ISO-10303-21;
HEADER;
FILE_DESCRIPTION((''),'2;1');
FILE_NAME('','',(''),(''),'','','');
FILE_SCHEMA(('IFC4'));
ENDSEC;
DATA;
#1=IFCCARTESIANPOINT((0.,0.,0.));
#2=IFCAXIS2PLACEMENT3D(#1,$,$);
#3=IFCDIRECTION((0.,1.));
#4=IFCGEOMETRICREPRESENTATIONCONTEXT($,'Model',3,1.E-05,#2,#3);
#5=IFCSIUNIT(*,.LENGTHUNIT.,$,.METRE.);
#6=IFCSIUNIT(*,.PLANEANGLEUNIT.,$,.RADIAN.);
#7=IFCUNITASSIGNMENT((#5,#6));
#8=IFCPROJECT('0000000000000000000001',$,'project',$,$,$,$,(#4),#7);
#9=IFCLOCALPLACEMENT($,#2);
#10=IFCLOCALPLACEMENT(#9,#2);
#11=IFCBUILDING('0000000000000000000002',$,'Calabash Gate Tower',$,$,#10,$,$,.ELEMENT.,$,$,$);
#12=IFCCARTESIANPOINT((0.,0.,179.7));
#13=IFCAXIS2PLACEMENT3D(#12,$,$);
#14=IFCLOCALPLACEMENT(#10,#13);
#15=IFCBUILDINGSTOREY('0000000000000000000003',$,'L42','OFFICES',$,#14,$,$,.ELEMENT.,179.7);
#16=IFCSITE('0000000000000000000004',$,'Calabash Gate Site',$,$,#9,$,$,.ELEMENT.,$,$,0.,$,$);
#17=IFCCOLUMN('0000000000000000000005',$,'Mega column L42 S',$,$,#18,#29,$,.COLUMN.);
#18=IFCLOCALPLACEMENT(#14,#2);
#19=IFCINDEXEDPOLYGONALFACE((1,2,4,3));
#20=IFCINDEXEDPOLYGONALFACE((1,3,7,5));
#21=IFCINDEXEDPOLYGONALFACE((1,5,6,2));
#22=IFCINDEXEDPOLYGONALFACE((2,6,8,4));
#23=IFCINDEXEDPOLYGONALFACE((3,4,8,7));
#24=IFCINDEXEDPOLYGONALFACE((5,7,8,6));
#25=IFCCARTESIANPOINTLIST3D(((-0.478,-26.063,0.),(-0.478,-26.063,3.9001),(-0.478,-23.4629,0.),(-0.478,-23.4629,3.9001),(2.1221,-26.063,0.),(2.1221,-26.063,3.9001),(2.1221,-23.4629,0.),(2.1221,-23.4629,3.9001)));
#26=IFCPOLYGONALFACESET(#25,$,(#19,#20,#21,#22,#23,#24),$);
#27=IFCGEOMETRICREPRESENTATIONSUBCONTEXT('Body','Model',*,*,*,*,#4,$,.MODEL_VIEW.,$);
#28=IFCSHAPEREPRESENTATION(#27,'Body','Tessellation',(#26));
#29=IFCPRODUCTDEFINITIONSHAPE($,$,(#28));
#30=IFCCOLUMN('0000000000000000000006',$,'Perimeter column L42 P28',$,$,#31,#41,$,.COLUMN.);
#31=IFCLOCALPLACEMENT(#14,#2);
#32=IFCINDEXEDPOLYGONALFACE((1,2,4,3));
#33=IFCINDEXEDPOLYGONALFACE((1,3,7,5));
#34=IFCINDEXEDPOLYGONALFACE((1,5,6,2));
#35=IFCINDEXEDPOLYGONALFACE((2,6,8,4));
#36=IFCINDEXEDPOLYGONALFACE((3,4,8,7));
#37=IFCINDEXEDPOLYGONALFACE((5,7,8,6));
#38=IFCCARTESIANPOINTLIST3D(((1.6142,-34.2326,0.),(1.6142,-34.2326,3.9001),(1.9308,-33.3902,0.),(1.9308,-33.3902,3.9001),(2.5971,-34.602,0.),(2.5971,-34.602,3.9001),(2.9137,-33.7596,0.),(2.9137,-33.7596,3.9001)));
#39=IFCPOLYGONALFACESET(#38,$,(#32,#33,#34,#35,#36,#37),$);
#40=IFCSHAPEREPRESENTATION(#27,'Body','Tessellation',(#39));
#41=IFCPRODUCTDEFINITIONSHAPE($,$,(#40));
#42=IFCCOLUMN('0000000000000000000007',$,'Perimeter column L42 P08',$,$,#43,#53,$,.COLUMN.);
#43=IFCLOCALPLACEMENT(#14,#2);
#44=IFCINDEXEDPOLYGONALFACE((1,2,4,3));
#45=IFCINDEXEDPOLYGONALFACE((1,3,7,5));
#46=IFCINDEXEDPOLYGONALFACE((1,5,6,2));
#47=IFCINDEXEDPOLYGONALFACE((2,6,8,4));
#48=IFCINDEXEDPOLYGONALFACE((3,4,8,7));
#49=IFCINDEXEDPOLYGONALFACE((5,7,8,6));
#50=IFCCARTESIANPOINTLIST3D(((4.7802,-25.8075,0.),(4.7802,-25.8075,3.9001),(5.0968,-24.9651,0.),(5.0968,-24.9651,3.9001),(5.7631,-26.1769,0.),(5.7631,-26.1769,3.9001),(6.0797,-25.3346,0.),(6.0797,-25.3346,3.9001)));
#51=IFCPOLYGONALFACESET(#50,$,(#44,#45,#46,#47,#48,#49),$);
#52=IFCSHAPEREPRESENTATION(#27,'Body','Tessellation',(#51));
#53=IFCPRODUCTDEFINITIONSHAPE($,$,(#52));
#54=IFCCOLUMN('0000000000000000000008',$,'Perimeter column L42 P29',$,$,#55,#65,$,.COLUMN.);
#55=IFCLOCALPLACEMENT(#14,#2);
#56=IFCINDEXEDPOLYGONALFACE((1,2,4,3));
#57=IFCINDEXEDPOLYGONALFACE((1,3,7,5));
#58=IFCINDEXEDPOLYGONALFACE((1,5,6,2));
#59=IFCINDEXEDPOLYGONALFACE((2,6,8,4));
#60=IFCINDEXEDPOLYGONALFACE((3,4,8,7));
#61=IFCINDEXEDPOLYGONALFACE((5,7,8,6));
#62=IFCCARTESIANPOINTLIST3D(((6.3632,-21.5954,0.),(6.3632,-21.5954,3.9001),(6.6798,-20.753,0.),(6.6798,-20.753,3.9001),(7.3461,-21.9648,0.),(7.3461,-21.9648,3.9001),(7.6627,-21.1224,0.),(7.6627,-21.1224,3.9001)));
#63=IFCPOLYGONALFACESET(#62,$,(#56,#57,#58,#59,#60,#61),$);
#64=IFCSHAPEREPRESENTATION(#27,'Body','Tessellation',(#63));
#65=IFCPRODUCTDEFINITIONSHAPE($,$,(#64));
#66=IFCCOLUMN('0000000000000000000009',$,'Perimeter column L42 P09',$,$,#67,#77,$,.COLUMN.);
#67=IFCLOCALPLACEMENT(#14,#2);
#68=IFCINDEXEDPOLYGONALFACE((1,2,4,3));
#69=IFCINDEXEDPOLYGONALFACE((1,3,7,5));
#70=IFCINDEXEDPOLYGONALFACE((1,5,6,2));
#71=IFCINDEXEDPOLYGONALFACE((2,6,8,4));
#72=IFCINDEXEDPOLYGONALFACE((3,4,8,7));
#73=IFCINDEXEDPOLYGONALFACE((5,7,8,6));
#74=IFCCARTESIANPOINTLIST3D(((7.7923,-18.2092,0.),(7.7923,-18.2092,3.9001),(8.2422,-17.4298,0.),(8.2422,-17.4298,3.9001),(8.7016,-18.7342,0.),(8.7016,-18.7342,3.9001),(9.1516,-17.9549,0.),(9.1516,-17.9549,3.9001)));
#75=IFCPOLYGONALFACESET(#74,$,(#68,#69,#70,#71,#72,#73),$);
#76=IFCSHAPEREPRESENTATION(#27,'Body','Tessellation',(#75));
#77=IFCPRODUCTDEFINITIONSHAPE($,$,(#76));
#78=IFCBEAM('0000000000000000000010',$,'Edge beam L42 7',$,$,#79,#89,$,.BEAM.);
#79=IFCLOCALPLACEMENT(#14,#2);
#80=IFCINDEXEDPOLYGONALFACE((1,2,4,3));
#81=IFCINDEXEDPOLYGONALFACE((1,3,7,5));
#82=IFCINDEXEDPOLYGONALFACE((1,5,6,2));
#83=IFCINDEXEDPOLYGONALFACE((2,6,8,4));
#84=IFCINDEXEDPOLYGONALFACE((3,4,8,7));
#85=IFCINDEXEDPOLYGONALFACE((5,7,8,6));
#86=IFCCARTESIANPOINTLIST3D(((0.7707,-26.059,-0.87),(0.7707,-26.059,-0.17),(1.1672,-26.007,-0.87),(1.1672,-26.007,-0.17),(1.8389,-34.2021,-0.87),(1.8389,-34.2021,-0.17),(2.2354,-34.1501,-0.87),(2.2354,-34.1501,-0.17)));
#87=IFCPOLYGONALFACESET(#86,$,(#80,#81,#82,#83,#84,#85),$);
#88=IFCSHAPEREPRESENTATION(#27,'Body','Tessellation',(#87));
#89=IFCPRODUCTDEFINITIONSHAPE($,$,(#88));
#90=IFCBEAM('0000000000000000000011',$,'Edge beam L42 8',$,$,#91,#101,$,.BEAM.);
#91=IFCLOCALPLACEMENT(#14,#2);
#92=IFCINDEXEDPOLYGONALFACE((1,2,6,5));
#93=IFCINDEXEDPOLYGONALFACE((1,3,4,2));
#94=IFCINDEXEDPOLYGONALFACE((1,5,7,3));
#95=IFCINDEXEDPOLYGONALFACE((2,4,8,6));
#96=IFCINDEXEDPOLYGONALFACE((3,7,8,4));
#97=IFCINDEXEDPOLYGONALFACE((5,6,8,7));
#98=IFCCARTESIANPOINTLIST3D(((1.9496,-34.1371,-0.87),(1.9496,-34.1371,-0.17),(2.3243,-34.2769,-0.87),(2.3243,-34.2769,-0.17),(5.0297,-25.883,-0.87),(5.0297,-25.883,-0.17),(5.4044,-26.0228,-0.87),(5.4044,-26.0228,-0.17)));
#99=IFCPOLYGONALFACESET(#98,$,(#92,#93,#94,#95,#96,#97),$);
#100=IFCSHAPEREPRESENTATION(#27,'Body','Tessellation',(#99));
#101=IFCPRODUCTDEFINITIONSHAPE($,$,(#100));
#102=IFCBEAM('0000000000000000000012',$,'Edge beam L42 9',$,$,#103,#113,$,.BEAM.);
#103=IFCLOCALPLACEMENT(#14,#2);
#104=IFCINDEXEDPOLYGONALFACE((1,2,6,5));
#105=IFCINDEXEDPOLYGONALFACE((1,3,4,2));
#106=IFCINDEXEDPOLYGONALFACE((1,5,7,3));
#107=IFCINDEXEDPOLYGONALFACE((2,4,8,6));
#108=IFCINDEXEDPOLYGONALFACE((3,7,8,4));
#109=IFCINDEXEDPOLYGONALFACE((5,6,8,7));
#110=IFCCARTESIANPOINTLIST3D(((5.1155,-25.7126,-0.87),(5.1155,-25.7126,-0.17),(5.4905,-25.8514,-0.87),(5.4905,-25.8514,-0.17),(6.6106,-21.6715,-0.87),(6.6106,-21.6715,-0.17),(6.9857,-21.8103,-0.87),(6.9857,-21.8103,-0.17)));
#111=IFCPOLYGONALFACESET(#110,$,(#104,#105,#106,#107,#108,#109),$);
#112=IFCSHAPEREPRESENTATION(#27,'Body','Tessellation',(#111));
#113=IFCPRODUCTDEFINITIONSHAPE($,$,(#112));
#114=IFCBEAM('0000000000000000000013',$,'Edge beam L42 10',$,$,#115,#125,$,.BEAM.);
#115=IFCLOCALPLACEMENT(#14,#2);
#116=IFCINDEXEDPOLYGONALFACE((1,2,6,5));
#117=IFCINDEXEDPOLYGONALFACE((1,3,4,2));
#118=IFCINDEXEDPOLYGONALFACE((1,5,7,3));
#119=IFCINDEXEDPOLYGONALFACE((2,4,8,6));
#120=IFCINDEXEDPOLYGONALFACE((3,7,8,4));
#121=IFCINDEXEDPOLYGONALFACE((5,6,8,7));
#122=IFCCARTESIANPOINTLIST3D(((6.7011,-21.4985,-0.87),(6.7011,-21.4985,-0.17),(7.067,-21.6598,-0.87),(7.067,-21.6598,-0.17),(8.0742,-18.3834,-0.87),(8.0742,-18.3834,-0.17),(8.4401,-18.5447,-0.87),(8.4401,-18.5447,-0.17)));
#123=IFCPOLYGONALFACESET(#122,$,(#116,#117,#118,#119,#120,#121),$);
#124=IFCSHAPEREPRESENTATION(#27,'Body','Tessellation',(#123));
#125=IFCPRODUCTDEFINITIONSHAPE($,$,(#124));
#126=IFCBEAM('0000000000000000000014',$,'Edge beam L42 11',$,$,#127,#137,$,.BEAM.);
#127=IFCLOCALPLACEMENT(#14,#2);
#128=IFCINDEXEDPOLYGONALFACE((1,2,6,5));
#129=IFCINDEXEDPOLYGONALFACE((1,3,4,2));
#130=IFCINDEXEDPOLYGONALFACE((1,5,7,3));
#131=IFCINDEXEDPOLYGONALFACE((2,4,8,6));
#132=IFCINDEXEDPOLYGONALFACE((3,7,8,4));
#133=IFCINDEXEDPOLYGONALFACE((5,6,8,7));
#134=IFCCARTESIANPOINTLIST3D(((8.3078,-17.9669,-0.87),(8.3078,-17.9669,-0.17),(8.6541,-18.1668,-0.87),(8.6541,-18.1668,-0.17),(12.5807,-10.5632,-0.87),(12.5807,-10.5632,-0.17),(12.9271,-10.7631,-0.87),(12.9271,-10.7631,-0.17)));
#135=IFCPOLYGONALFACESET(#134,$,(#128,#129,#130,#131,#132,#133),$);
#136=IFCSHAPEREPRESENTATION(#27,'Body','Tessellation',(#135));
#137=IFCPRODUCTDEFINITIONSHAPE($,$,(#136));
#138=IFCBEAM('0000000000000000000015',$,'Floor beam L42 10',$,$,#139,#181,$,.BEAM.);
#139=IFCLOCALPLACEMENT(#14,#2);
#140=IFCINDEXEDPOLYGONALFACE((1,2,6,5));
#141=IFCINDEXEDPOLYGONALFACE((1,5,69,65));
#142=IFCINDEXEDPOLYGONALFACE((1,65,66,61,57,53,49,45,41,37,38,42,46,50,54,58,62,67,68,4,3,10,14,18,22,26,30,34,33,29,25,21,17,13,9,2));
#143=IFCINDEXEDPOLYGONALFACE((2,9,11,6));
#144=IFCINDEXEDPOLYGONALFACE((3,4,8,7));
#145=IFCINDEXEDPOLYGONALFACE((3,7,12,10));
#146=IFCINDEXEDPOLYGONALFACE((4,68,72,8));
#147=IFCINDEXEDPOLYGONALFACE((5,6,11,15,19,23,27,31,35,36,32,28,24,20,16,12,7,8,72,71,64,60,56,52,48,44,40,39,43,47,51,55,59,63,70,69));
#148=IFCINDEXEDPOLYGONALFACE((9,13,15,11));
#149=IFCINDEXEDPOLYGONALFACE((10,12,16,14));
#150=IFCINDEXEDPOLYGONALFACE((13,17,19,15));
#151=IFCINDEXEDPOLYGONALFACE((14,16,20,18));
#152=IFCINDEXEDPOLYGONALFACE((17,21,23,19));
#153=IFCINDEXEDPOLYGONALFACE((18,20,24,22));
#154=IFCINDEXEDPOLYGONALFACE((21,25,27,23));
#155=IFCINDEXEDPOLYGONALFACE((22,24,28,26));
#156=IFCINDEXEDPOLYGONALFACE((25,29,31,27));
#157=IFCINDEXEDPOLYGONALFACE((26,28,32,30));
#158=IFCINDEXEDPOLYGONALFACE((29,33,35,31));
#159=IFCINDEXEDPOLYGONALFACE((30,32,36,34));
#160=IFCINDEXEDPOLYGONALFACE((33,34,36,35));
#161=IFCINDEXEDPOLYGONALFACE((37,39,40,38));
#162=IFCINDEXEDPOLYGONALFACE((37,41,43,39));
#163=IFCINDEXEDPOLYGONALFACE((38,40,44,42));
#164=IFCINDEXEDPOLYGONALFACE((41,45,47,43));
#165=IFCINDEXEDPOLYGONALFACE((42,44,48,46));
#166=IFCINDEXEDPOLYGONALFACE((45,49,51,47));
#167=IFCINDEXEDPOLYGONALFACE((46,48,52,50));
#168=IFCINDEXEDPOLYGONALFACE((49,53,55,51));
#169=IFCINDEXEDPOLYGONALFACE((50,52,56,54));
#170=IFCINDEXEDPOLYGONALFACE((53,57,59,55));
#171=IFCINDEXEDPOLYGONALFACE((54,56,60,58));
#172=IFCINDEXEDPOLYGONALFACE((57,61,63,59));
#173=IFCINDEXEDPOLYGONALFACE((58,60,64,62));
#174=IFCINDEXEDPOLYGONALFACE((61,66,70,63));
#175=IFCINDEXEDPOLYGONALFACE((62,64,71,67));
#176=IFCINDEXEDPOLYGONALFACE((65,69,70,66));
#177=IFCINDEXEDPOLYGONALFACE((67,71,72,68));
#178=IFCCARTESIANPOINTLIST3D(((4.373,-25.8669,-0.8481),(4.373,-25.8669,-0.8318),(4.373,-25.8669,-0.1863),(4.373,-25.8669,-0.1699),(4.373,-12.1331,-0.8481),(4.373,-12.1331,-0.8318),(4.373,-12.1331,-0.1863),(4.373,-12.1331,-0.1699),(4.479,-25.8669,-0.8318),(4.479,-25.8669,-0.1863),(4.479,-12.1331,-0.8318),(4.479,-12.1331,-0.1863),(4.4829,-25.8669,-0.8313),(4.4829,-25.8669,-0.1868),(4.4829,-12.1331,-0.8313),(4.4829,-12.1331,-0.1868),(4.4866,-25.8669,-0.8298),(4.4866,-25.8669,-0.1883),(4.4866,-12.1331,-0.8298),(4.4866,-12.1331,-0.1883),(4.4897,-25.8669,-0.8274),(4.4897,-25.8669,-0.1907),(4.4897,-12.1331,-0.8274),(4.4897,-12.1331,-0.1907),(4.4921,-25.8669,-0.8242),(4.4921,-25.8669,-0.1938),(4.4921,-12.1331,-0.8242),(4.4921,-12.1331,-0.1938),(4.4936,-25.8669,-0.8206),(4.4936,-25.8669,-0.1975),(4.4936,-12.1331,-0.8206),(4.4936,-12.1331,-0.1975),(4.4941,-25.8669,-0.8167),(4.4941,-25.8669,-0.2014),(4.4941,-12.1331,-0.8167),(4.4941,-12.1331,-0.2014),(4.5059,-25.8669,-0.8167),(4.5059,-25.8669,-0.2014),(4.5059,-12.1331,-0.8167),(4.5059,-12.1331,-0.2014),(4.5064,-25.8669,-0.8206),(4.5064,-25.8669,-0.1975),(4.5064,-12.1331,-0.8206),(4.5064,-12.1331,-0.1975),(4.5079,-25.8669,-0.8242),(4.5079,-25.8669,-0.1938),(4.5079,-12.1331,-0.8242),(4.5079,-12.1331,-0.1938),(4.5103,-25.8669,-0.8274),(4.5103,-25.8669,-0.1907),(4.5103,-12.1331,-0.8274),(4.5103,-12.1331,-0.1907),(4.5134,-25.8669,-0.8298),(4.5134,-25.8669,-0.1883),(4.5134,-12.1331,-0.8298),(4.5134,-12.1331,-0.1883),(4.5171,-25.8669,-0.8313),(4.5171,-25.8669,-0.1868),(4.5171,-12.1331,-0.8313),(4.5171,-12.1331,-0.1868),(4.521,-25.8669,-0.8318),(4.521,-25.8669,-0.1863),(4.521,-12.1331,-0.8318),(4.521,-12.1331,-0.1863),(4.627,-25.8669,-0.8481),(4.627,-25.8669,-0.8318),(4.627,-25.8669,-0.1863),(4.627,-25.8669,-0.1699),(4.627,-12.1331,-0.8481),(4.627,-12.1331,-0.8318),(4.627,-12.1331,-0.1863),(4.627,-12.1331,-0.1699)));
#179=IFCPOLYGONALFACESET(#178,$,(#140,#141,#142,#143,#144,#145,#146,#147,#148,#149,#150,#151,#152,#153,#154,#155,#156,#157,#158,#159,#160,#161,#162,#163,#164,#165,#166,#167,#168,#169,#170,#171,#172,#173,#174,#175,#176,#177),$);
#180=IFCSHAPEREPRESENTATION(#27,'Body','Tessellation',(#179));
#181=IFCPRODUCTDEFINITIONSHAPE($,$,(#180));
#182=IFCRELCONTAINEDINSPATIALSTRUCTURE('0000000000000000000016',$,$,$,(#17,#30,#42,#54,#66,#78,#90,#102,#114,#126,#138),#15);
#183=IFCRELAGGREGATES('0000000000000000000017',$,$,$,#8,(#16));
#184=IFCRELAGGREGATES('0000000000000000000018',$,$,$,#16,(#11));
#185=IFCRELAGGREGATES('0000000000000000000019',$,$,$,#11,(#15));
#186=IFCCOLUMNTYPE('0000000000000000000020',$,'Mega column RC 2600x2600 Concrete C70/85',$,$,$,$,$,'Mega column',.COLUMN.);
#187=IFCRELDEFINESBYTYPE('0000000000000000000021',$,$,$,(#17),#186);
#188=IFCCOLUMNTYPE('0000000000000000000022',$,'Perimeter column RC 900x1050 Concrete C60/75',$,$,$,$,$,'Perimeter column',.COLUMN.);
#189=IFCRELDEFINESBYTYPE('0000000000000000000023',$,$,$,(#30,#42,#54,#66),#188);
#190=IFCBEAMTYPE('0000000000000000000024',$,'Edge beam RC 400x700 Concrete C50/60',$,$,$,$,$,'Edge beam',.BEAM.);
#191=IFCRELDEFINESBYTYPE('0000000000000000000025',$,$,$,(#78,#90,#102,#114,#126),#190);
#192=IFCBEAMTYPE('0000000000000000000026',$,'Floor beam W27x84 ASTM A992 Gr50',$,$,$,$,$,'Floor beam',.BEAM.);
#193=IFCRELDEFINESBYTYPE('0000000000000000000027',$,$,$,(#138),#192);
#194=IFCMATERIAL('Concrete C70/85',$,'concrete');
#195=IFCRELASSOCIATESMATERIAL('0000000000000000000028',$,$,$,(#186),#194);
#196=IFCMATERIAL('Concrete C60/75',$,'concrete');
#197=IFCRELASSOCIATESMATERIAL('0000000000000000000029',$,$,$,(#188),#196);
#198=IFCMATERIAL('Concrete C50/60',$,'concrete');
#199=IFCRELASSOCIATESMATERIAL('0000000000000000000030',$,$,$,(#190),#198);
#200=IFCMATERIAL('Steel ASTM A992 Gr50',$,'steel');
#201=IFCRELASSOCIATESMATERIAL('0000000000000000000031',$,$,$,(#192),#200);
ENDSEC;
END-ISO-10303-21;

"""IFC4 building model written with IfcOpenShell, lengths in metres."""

from ifc_helpers import new_model, si_unit, direction, frame, origin, origin_2d, place, context, subcontext, project, spatial, rectangle, i_section, extrude, material, material_profile, profile_set, type_object, element, save


model = new_model("IFC4")

# Units and contexts
model_context = context("Model", 3, precision=1e-05, world=origin(), true_north=direction((0.0, 1.0)))
body_context = subcontext(model_context, "Body", "Model", "MODEL_VIEW")
ifc_project = project(units=[si_unit("LENGTHUNIT", "METRE"), si_unit("PLANEANGLEUNIT", "RADIAN")], contexts=[model_context])

# Site, building, storey
site_placement = place(None, origin())
site = spatial("IfcSite", under=ifc_project, at=site_placement, Name="Calabash Gate Site", CompositionType="ELEMENT", RefElevation=0.0)
building_placement = place(site_placement, origin())
building = spatial("IfcBuilding", under=site, at=building_placement, Name="Calabash Gate Tower", CompositionType="ELEMENT")
storey_placement = place(building_placement, frame((0.0, 0.0, 179.7)))
storey = spatial("IfcBuildingStorey", under=building, at=storey_placement, Name="L42", Description="OFFICES", CompositionType="ELEMENT", Elevation=179.7)

# Columns
ifc_material_1 = material(Name="Concrete C70/85", Category="concrete")
ifc_material_profile_1 = material_profile(ifc_material_1, rectangle(XDim=2.6001, YDim=2.6001, at=origin_2d()))
ifc_profile_set_1 = profile_set([ifc_material_profile_1], Name="Concrete C70/85")
column_type_1 = type_object("IfcColumnType", Name="Mega column RC 2600x2600 Concrete C70/85", ElementType="Mega column", PredefinedType="COLUMN", material=ifc_profile_set_1)
column_placement = place(storey_placement, frame((0.822, -24.7629, 0.0), z_axis=(0.0, 0.0, 1.0), x_axis=(0.0, 1.0, 0.0)))
element("IfcColumn", 1, at=column_placement, inside=storey, type_object=column_type_1, Name="Mega column L42 S", PredefinedType="COLUMN", context=body_context, shape_type="SweptSolid", body=[
    extrude(rectangle(XDim=2.6001, YDim=2.6001, at=origin_2d()), origin(), (0.0, 0.0, 1.0), 3.9001),
])
ifc_material_2 = material(Name="Concrete C60/75", Category="concrete")
ifc_material_profile_2 = material_profile(ifc_material_2, rectangle(XDim=0.8999, YDim=1.05, at=origin_2d()))
ifc_profile_set_2 = profile_set([ifc_material_profile_2], Name="Concrete C60/75")
column_type_2 = type_object("IfcColumnType", Name="Perimeter column RC 900x1050 Concrete C60/75", ElementType="Perimeter column", PredefinedType="COLUMN", material=ifc_profile_set_2)
for number, where, z_axis, x_axis, name in (
    (2, (2.2639, -33.9961, 0.0), (0.0, 0.0, 1.0), (0.351822, 0.936067, 0.0), "Perimeter column L42 P28"),
    (3, (5.4299, -25.571, 0.0), (0.0, 0.0, 1.0), (0.351822, 0.936067, 0.0), "Perimeter column L42 P08"),
    (4, (7.0129, -21.3589, 0.0), (0.0, 0.0, 1.0), (0.351822, 0.936067, 0.0), "Perimeter column L42 P29"),
    (5, (8.4719, -18.082, 0.0), (0.0, 0.0, 1.0), (0.5, 0.866025, 0.0), "Perimeter column L42 P09"),
):
    element("IfcColumn", number, at=place(storey_placement, frame(where, z_axis=z_axis, x_axis=x_axis)), inside=storey, type_object=column_type_2, Name=name, PredefinedType="COLUMN", context=body_context, shape_type="SweptSolid", body=[
        extrude(rectangle(XDim=0.8999, YDim=1.05, at=origin_2d()), origin(), (0.0, 0.0, 1.0), 3.9001),
    ])

# Beams
ifc_material_3 = material(Name="Concrete C50/60", Category="concrete")
ifc_material_profile_3 = material_profile(ifc_material_3, rectangle(XDim=0.3999, YDim=0.7, at=origin_2d()))
ifc_profile_set_3 = profile_set([ifc_material_profile_3], Name="Concrete C50/60")
beam_type_1 = type_object("IfcBeamType", Name="Edge beam RC 400x700 Concrete C50/60", ElementType="Edge beam", PredefinedType="BEAM", material=ifc_profile_set_3)
beam_1_placement = place(storey_placement, frame((0.969, -26.033, -0.52), z_axis=(0.130055, -0.991507, 0.0), x_axis=(0.991507, 0.130055, 0.0)))
element("IfcBeam", 6, at=beam_1_placement, inside=storey, type_object=beam_type_1, Name="Edge beam L42 7", PredefinedType="BEAM", context=body_context, shape_type="SweptSolid", body=[
    extrude(rectangle(XDim=0.3999, YDim=0.7, at=origin_2d()), origin(), (0.0, 0.0, 1.0), 8.2129),
])
beam_2_placement = place(storey_placement, frame((2.137, -34.207, -0.52), z_axis=(0.349608, 0.936896, 0.0), x_axis=(-0.936896, 0.349608, 0.0)))
element("IfcBeam", 7, at=beam_2_placement, inside=storey, type_object=beam_type_1, Name="Edge beam L42 8", PredefinedType="BEAM", context=body_context, shape_type="SweptSolid", body=[
    extrude(rectangle(XDim=0.3999, YDim=0.7, at=origin_2d()), origin(), (0.0, 0.0, 1.0), 8.8101),
])
beam_3_placement = place(storey_placement, frame((5.303, -25.782, -0.52), z_axis=(0.346997, 0.937866, 0.0), x_axis=(-0.937866, 0.346997, 0.0)))
element("IfcBeam", 8, at=beam_3_placement, inside=storey, type_object=beam_type_1, Name="Edge beam L42 9", PredefinedType="BEAM", context=body_context, shape_type="SweptSolid", body=[
    extrude(rectangle(XDim=0.3999, YDim=0.7, at=origin_2d()), origin(), (0.0, 0.0, 1.0), 4.3088),
])
beam_4_placement = place(storey_placement, frame((6.884, -21.5791, -0.52), z_axis=(0.403342, 0.915049, 0.0), x_axis=(-0.915049, 0.403342, 0.0)))
element("IfcBeam", 9, at=beam_4_placement, inside=storey, type_object=beam_type_1, Name="Edge beam L42 10", PredefinedType="BEAM", context=body_context, shape_type="SweptSolid", body=[
    extrude(rectangle(XDim=0.3999, YDim=0.7, at=origin_2d()), origin(), (0.0, 0.0, 1.0), 3.4043),
])
beam_5_placement = place(storey_placement, frame((8.481, -18.0669, -0.52), z_axis=(0.499856, 0.866109, 0.0), x_axis=(-0.866109, 0.499856, 0.0)))
element("IfcBeam", 10, at=beam_5_placement, inside=storey, type_object=beam_type_1, Name="Edge beam L42 11", PredefinedType="BEAM", context=body_context, shape_type="SweptSolid", body=[
    extrude(rectangle(XDim=0.3999, YDim=0.7, at=origin_2d()), origin(), (0.0, 0.0, 1.0), 8.5483),
])
ifc_material_4 = material(Name="Steel ASTM A992 Gr50", Category="steel")
ifc_material_profile_4 = material_profile(ifc_material_4, i_section(OverallWidth=0.2539, OverallDepth=0.6782, WebThickness=0.0117, FlangeThickness=0.0164, FilletRadius=0.0151, at=origin_2d()))
ifc_profile_set_4 = profile_set([ifc_material_profile_4], Name="Steel ASTM A992 Gr50")
beam_type_2 = type_object("IfcBeamType", Name="Floor beam W27x84 ASTM A992 Gr50", ElementType="Floor beam", PredefinedType="BEAM", material=ifc_profile_set_4)
beam_6_placement = place(storey_placement, frame((4.5, -25.8669, -0.509), z_axis=(0.0, 1.0, 0.0), x_axis=(-1.0, 0.0, 0.0)))
element("IfcBeam", 11, at=beam_6_placement, inside=storey, type_object=beam_type_2, Name="Floor beam L42 10", PredefinedType="BEAM", context=body_context, shape_type="SweptSolid", body=[
    extrude(i_section(OverallWidth=0.2539, OverallDepth=0.6782, WebThickness=0.0117, FlangeThickness=0.0164, FilletRadius=0.0151, at=origin_2d()), origin(), (0.0, 0.0, 1.0), 13.7339),
])

save(model, "model.ifc")
